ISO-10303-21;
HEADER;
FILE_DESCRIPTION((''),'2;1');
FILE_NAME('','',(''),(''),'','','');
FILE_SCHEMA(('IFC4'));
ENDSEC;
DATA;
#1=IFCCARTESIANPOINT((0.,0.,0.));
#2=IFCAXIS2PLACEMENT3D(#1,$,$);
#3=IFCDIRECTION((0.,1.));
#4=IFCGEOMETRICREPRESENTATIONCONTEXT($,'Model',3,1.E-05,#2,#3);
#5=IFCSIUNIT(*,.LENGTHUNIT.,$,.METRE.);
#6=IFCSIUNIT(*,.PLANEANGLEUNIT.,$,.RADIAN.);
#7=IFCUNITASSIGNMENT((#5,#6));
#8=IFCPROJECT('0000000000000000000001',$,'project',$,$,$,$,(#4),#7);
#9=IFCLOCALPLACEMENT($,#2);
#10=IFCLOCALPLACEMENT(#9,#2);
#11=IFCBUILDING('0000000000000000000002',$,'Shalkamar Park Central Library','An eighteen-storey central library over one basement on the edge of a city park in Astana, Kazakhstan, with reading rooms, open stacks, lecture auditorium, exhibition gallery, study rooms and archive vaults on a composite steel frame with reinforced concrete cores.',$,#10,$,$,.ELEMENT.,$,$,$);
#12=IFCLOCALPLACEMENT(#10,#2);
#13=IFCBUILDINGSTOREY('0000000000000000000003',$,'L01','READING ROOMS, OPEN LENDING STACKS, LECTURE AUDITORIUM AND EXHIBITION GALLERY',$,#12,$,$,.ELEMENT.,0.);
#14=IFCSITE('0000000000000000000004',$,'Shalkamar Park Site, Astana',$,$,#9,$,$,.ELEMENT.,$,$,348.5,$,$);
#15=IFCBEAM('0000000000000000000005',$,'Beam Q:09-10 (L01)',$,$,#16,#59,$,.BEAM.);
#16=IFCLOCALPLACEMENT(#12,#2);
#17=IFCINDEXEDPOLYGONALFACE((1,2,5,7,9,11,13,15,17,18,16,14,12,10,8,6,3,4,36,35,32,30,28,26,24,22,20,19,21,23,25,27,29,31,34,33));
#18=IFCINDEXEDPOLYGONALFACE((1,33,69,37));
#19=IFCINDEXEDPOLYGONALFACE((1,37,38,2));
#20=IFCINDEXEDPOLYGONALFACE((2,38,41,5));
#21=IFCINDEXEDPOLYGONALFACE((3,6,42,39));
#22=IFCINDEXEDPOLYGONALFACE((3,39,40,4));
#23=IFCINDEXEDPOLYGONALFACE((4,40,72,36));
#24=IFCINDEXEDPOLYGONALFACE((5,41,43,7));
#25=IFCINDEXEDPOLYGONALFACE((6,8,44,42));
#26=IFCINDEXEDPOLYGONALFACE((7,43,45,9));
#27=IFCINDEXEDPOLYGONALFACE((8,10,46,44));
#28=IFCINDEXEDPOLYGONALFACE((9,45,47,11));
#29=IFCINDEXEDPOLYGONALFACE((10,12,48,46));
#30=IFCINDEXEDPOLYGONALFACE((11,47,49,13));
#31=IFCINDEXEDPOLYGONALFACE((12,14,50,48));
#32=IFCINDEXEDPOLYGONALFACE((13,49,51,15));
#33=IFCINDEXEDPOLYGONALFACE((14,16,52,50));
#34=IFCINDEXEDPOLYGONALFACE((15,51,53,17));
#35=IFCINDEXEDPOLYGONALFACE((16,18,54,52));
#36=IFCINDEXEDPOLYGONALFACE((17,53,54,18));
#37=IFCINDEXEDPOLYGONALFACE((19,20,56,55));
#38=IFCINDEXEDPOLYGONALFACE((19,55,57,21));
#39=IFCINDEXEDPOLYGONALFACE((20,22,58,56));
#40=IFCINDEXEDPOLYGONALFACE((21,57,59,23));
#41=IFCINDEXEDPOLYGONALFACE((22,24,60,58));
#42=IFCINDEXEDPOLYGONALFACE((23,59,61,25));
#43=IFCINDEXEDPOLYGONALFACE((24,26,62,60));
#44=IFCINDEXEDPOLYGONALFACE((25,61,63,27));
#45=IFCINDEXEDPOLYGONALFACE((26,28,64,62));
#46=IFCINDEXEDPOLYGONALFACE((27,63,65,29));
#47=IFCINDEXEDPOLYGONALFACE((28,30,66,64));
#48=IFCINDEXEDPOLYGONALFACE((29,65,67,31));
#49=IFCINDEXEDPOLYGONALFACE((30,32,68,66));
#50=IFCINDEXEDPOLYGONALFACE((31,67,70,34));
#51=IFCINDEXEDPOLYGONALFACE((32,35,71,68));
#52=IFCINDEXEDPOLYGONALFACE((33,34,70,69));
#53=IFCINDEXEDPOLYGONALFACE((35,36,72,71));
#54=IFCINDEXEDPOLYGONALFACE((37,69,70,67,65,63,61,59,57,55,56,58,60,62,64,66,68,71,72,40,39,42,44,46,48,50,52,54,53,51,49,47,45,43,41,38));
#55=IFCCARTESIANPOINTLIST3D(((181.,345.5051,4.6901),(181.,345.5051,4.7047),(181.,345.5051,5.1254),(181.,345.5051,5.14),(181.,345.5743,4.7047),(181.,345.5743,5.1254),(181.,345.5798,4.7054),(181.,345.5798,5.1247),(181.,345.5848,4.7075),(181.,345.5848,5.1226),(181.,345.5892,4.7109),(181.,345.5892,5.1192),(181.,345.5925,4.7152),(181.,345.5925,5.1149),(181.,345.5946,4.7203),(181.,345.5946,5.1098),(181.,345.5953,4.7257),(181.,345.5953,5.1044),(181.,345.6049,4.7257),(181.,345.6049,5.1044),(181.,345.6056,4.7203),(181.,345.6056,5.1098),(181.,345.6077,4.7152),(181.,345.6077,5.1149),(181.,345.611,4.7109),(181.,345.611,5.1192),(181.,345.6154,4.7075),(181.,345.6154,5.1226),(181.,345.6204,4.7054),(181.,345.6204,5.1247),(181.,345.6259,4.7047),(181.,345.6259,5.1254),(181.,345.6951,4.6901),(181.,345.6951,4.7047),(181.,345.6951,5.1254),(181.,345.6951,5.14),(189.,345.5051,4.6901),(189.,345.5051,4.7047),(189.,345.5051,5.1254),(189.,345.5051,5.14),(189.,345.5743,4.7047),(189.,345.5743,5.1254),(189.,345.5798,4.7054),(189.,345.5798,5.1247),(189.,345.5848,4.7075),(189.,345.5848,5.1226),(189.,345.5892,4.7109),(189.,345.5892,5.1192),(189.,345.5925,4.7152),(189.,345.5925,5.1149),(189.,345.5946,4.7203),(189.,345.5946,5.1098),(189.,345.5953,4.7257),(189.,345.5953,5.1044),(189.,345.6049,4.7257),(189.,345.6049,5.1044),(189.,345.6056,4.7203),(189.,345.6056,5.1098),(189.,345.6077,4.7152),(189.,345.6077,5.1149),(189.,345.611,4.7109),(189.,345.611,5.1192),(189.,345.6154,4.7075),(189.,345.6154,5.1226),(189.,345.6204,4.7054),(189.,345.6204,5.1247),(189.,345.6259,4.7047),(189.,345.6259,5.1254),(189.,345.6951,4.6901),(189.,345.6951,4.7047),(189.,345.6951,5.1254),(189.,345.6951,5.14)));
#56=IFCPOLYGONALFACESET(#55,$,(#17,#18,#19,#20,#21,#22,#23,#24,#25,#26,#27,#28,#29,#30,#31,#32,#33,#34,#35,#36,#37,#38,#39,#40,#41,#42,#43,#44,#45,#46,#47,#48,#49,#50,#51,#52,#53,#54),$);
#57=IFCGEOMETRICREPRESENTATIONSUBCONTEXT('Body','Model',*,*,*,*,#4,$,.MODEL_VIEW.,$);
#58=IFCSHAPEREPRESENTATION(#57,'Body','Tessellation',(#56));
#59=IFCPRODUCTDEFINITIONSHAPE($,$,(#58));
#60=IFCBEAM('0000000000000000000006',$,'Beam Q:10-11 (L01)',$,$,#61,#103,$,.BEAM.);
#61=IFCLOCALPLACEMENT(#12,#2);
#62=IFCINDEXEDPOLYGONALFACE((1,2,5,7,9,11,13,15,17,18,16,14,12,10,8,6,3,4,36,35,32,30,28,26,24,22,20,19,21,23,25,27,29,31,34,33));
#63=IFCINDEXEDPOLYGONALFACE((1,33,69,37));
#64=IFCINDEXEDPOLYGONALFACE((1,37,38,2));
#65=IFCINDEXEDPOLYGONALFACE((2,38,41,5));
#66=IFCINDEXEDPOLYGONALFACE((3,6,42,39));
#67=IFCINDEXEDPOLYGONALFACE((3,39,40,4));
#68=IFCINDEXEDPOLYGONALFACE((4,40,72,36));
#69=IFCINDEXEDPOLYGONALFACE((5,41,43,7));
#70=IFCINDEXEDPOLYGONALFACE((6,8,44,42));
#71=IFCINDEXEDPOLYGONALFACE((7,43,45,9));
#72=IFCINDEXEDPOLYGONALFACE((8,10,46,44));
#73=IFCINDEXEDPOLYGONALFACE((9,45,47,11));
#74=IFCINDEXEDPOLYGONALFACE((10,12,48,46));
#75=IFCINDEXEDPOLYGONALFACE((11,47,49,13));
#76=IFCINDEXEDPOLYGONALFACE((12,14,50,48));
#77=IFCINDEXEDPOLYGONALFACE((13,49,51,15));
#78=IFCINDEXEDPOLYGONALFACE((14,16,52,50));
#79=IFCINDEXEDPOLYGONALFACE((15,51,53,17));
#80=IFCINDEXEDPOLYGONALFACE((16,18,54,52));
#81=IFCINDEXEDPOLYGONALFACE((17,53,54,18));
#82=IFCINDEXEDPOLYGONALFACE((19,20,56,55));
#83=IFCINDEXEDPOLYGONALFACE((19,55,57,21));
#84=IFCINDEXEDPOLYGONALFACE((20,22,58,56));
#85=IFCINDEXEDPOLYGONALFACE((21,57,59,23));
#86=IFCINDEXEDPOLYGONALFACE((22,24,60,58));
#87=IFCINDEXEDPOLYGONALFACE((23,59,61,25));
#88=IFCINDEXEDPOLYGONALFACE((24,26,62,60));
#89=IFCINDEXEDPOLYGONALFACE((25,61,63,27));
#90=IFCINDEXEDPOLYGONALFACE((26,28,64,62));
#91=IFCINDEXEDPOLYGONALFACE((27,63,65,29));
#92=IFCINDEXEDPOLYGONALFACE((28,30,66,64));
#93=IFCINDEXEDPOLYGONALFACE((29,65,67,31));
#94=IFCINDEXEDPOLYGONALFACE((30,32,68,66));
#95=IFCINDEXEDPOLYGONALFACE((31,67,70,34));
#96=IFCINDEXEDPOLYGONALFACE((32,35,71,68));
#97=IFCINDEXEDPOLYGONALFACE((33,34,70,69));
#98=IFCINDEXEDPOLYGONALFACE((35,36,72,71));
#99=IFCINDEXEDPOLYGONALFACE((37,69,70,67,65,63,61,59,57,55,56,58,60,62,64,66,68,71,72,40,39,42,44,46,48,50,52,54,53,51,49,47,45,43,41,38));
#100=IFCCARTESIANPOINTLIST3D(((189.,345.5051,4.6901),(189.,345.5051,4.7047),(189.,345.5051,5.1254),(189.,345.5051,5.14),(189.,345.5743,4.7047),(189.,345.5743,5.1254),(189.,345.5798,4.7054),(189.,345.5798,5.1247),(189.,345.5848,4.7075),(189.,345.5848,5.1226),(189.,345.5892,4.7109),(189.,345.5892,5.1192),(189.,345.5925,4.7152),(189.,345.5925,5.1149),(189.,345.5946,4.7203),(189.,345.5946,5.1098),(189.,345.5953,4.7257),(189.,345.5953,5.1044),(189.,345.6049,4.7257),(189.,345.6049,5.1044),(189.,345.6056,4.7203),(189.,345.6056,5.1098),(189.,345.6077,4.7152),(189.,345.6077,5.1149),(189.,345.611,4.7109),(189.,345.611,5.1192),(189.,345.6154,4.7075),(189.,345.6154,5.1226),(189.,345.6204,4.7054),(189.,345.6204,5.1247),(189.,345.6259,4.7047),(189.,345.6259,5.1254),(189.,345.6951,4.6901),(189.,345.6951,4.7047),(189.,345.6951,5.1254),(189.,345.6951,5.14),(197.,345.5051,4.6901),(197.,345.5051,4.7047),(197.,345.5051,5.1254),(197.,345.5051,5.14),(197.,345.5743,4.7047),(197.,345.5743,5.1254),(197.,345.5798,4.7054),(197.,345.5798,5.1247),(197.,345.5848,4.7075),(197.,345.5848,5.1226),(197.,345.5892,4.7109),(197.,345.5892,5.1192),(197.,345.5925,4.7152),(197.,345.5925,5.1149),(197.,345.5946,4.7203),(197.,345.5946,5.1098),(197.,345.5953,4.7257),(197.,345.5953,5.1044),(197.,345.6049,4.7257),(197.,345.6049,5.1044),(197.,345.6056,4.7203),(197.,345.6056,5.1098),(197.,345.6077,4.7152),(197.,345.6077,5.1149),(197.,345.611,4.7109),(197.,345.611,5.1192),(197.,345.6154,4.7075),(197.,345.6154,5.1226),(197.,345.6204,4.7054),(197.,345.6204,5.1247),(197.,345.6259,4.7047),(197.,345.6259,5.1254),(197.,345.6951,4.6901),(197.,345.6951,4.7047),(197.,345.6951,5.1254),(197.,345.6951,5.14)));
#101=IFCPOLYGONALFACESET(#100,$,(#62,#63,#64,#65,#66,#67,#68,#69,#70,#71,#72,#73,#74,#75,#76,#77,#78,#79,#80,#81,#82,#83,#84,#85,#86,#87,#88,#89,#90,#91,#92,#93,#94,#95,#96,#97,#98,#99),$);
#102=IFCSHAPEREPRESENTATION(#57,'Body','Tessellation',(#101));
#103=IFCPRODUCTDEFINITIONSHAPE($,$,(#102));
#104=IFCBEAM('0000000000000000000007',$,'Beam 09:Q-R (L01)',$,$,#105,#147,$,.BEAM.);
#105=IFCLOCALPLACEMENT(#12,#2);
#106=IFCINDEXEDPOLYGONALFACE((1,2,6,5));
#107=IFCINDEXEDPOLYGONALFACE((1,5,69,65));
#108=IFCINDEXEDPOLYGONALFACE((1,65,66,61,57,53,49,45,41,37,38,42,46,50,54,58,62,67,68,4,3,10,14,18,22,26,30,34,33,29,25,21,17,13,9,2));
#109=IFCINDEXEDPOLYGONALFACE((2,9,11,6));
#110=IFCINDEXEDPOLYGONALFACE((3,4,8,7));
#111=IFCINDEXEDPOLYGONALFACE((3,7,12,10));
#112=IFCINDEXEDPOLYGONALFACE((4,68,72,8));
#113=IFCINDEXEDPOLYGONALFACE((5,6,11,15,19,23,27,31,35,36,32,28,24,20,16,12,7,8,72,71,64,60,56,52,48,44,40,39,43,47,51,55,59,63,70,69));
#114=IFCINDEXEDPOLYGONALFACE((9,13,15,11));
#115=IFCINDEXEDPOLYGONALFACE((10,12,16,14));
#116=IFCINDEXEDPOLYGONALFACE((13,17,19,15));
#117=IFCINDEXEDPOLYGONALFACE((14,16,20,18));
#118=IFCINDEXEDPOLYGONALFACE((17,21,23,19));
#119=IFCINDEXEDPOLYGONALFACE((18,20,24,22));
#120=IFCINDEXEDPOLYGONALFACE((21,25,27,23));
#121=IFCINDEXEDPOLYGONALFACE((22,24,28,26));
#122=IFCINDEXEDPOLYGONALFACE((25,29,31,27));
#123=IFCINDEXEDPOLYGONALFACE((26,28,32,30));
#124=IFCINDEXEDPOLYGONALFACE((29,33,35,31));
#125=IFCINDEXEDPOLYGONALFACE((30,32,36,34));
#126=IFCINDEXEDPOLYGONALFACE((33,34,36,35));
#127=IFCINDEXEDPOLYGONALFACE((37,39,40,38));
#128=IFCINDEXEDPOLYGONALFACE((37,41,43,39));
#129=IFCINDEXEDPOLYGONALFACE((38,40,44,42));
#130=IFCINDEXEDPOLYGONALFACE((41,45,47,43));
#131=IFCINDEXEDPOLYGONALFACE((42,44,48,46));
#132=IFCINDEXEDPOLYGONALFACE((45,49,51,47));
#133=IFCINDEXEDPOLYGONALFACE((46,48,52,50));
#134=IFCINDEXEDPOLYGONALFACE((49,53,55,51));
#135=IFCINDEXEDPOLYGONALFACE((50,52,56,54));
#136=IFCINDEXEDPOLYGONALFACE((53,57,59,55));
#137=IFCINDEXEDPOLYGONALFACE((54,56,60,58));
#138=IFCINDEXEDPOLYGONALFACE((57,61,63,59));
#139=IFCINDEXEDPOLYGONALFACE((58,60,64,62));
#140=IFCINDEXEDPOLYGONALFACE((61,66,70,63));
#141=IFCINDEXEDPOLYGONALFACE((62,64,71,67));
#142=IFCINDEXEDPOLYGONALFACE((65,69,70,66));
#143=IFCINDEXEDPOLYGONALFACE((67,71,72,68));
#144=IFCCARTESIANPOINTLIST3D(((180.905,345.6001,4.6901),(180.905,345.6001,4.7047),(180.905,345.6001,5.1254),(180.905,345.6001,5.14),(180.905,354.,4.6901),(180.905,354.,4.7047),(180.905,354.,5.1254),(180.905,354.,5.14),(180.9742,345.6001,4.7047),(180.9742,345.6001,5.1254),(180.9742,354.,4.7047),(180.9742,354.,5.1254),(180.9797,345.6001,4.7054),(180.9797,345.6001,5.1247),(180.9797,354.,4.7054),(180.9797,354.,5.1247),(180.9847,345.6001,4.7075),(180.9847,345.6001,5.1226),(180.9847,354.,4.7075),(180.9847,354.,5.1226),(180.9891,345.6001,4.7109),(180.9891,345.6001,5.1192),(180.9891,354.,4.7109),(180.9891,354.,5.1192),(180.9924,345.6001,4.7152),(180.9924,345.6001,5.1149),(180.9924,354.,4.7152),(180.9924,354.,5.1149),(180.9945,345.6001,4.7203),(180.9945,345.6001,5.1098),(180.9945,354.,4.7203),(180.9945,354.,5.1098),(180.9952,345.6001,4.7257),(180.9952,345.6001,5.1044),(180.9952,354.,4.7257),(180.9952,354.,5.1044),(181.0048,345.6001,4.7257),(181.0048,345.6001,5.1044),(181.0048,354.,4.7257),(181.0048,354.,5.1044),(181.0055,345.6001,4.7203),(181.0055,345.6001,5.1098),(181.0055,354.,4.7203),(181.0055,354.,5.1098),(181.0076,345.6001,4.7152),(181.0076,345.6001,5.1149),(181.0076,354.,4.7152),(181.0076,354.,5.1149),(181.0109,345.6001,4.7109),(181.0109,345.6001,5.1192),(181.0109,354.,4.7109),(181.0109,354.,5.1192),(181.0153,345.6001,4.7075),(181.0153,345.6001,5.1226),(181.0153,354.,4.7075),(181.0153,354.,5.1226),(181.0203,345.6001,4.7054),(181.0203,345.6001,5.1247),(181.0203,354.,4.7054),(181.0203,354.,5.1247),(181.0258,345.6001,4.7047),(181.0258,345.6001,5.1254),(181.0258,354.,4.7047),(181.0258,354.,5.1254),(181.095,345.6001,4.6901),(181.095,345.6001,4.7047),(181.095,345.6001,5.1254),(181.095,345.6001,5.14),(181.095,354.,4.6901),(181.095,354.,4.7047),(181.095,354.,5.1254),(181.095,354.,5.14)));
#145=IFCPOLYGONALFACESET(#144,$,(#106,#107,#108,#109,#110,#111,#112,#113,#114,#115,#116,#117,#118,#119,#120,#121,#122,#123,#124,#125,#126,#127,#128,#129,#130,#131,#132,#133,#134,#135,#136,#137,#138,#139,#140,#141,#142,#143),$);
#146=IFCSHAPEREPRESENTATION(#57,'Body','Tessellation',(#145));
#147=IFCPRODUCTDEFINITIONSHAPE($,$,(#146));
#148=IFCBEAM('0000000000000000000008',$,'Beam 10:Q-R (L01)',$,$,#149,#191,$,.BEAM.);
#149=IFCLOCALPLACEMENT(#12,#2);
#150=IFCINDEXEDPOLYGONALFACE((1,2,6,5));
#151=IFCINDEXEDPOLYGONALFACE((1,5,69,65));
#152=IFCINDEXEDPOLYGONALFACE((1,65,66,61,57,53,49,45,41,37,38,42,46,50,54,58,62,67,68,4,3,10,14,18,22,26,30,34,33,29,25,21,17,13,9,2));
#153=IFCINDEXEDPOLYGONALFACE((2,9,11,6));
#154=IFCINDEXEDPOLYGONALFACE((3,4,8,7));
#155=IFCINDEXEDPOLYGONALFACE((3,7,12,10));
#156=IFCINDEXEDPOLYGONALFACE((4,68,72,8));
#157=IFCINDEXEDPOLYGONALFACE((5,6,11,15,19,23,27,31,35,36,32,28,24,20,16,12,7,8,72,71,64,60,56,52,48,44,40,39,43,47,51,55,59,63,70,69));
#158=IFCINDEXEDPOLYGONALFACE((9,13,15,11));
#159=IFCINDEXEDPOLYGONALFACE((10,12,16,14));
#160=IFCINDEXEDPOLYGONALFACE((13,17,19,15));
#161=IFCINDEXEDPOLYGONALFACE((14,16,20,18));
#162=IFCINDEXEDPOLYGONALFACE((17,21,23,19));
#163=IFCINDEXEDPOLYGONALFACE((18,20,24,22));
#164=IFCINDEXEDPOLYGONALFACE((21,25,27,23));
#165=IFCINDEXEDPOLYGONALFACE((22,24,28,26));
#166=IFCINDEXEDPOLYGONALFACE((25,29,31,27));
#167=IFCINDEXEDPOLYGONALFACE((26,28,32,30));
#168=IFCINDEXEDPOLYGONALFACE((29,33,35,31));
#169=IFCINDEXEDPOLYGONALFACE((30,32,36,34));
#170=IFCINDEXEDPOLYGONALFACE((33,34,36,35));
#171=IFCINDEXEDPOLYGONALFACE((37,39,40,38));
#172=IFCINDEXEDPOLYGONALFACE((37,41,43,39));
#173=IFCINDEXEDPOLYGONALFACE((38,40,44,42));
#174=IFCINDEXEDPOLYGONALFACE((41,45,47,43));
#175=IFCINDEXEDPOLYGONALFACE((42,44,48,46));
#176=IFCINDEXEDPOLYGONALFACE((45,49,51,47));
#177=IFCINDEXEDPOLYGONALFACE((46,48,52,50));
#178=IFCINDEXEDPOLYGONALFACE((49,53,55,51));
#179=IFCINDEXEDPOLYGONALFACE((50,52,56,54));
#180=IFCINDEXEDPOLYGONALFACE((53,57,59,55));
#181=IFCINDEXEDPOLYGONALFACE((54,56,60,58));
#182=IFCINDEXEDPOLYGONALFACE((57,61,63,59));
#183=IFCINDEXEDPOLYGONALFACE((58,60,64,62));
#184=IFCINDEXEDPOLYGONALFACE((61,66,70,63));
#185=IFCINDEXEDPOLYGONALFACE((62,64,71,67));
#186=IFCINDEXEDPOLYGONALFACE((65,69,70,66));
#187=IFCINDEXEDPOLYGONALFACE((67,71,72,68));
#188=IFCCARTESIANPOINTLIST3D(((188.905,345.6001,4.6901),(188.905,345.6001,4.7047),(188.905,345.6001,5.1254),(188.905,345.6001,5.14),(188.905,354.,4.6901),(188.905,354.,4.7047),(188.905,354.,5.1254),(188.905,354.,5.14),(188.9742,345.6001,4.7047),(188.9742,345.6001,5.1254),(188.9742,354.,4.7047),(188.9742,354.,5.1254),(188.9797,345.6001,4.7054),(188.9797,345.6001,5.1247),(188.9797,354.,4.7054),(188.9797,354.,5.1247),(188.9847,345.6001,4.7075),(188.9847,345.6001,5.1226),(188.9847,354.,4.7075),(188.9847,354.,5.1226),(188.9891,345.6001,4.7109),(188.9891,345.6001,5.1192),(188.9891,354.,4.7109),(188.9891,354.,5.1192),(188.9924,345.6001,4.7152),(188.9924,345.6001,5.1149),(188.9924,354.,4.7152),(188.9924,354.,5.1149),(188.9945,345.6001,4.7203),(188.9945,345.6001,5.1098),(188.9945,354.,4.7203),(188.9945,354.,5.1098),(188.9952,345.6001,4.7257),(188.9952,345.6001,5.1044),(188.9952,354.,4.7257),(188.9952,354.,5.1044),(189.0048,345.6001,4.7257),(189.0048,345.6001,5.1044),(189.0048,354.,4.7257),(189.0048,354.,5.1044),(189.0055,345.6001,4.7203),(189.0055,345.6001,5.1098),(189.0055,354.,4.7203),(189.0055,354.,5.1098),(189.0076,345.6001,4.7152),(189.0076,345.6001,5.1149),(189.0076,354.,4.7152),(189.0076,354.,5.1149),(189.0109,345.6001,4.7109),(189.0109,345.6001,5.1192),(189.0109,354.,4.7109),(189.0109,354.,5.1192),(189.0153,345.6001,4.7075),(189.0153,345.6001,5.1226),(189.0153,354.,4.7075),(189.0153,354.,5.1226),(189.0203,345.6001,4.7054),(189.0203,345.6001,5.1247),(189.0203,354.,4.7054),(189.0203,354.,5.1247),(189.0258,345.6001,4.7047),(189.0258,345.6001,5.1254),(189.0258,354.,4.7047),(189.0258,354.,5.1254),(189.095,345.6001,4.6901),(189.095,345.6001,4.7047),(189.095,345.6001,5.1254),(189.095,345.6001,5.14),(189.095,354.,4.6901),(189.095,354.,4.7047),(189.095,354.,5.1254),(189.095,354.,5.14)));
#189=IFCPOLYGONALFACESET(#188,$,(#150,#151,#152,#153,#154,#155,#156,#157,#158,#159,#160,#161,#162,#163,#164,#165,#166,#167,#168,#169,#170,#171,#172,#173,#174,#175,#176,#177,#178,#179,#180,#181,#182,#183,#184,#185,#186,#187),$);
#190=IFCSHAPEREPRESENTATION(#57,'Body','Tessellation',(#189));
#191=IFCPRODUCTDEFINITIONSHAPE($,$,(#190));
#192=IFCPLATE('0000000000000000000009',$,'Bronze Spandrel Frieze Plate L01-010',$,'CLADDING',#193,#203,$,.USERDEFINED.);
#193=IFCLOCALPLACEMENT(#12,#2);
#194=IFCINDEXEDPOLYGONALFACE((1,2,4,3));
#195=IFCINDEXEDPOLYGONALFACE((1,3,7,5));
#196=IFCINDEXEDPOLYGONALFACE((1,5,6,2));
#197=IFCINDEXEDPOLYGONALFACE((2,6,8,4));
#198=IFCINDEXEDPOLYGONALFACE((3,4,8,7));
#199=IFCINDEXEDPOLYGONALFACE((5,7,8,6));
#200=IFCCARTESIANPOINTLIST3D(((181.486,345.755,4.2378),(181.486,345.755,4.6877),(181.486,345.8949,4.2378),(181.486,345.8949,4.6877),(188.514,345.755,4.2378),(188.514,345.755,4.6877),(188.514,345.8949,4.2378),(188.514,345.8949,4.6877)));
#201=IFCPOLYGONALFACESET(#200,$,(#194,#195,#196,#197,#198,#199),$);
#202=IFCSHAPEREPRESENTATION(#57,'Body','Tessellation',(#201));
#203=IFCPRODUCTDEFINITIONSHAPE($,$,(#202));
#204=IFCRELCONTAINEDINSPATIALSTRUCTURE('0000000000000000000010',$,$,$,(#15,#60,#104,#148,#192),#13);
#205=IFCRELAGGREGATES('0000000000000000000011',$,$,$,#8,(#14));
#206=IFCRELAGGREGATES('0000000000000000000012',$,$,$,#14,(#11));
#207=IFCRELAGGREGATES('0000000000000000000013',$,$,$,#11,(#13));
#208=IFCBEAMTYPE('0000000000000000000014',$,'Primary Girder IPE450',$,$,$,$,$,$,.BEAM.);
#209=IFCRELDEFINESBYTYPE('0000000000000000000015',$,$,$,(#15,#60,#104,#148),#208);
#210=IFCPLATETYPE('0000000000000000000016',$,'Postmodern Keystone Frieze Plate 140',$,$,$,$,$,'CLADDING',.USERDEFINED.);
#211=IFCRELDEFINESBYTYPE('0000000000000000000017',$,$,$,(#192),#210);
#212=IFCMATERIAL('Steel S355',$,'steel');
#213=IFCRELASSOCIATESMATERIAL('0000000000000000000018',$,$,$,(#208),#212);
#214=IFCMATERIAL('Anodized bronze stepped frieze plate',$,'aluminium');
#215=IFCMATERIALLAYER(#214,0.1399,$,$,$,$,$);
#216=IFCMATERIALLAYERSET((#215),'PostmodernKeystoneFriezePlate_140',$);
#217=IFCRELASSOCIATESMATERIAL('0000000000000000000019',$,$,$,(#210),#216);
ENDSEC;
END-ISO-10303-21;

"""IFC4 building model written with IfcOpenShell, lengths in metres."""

from ifc_helpers import new_model, si_unit, direction, frame, origin, origin_2d, place, context, subcontext, project, spatial, rectangle, i_section, extrude, material, layer, layer_set, material_profile, profile_set, type_object, element, save


model = new_model("IFC4")

# Units and contexts
model_context = context("Model", 3, precision=1e-05, world=origin(), true_north=direction((0.0, 1.0)))
body_context = subcontext(model_context, "Body", "Model", "MODEL_VIEW")
ifc_project = project(units=[si_unit("LENGTHUNIT", "METRE"), si_unit("PLANEANGLEUNIT", "RADIAN")], contexts=[model_context])

# Site, building, storey
site_placement = place(None, origin())
site = spatial("IfcSite", under=ifc_project, at=site_placement, Name="Shalkamar Park Site, Astana", CompositionType="ELEMENT", RefElevation=348.5)
building_placement = place(site_placement, origin())
building = spatial("IfcBuilding", under=site, at=building_placement, Name="Shalkamar Park Central Library", Description="An eighteen-storey central library over one basement on the edge of a city park in Astana, Kazakhstan, with reading rooms, open stacks, lecture auditorium, exhibition gallery, study rooms and archive vaults on a composite steel frame with reinforced concrete cores.", CompositionType="ELEMENT")
storey_placement = place(building_placement, origin())
storey = spatial("IfcBuildingStorey", under=building, at=storey_placement, Name="L01", Description="READING ROOMS, OPEN LENDING STACKS, LECTURE AUDITORIUM AND EXHIBITION GALLERY", CompositionType="ELEMENT", Elevation=0.0)

# Shared definitions
ifc_material_1 = material(Name="Steel S355", Category="steel")

# Beams
ifc_material_profile_1 = material_profile(ifc_material_1, i_section(OverallWidth=0.1899, OverallDepth=0.45, WebThickness=0.0095, FlangeThickness=0.0146, FilletRadius=0.021, at=origin_2d()), Name="IPE 450")
ifc_profile_set_1 = profile_set([ifc_material_profile_1], Name="Steel S355")
beam_type_1 = type_object("IfcBeamType", Name="Primary Girder IPE450", PredefinedType="BEAM", material=ifc_profile_set_1)
for number, where, z_axis, x_axis, name in (
    (1, (181.0, 345.6001, 4.915), (1.0, 0.0, 0.0), (0.0, 1.0, 0.0), "Beam Q:09-10 (L01)"),
    (2, (189.0, 345.6001, 4.915), (1.0, 0.0, 0.0), (0.0, 1.0, 0.0), "Beam Q:10-11 (L01)"),
):
    element("IfcBeam", number, at=place(storey_placement, frame(where, z_axis=z_axis, x_axis=x_axis)), inside=storey, type_object=beam_type_1, Name=name, PredefinedType="BEAM", context=body_context, shape_type="SweptSolid", body=[
        extrude(i_section(OverallWidth=0.1899, OverallDepth=0.45, WebThickness=0.0095, FlangeThickness=0.0146, FilletRadius=0.021, at=origin_2d()), origin(), (0.0, 0.0, 1.0), 8.0),
    ])
for number, where, z_axis, x_axis, name in (
    (3, (181.0, 345.6001, 4.915), (0.0, 1.0, 0.0), (-1.0, 0.0, 0.0), "Beam 09:Q-R (L01)"),
    (4, (189.0, 345.6001, 4.915), (0.0, 1.0, 0.0), (-1.0, 0.0, 0.0), "Beam 10:Q-R (L01)"),
):
    element("IfcBeam", number, at=place(storey_placement, frame(where, z_axis=z_axis, x_axis=x_axis)), inside=storey, type_object=beam_type_1, Name=name, PredefinedType="BEAM", context=body_context, shape_type="SweptSolid", body=[
        extrude(i_section(OverallWidth=0.1899, OverallDepth=0.45, WebThickness=0.0095, FlangeThickness=0.0146, FilletRadius=0.021, at=origin_2d()), origin(), (0.0, 0.0, 1.0), 8.3999),
    ])

# Plate
ifc_material_2 = material(Name="Anodized bronze stepped frieze plate", Category="aluminium")
ifc_layer_1 = layer(ifc_material_2, 0.1399)
ifc_layer_set_1 = layer_set([ifc_layer_1], Name="PostmodernKeystoneFriezePlate_140")
plate_type_1 = type_object("IfcPlateType", Name="Postmodern Keystone Frieze Plate 140", ElementType="CLADDING", PredefinedType="USERDEFINED", material=ifc_layer_set_1)
plate_1_placement = place(storey_placement, frame((185.0, 345.825, 4.2378), z_axis=(0.0, 0.0, 1.0), x_axis=(1.0, 0.0, 0.0)))
element("IfcPlate", 5, at=plate_1_placement, inside=storey, type_object=plate_type_1, Name="Bronze Spandrel Frieze Plate L01-010", ObjectType="CLADDING", PredefinedType="USERDEFINED", context=body_context, shape_type="SweptSolid", body=[
    extrude(rectangle(XDim=7.0281, YDim=0.1399, at=origin_2d()), origin(), (0.0, 0.0, 1.0), 0.45),
])

save(model, "model.ifc")
